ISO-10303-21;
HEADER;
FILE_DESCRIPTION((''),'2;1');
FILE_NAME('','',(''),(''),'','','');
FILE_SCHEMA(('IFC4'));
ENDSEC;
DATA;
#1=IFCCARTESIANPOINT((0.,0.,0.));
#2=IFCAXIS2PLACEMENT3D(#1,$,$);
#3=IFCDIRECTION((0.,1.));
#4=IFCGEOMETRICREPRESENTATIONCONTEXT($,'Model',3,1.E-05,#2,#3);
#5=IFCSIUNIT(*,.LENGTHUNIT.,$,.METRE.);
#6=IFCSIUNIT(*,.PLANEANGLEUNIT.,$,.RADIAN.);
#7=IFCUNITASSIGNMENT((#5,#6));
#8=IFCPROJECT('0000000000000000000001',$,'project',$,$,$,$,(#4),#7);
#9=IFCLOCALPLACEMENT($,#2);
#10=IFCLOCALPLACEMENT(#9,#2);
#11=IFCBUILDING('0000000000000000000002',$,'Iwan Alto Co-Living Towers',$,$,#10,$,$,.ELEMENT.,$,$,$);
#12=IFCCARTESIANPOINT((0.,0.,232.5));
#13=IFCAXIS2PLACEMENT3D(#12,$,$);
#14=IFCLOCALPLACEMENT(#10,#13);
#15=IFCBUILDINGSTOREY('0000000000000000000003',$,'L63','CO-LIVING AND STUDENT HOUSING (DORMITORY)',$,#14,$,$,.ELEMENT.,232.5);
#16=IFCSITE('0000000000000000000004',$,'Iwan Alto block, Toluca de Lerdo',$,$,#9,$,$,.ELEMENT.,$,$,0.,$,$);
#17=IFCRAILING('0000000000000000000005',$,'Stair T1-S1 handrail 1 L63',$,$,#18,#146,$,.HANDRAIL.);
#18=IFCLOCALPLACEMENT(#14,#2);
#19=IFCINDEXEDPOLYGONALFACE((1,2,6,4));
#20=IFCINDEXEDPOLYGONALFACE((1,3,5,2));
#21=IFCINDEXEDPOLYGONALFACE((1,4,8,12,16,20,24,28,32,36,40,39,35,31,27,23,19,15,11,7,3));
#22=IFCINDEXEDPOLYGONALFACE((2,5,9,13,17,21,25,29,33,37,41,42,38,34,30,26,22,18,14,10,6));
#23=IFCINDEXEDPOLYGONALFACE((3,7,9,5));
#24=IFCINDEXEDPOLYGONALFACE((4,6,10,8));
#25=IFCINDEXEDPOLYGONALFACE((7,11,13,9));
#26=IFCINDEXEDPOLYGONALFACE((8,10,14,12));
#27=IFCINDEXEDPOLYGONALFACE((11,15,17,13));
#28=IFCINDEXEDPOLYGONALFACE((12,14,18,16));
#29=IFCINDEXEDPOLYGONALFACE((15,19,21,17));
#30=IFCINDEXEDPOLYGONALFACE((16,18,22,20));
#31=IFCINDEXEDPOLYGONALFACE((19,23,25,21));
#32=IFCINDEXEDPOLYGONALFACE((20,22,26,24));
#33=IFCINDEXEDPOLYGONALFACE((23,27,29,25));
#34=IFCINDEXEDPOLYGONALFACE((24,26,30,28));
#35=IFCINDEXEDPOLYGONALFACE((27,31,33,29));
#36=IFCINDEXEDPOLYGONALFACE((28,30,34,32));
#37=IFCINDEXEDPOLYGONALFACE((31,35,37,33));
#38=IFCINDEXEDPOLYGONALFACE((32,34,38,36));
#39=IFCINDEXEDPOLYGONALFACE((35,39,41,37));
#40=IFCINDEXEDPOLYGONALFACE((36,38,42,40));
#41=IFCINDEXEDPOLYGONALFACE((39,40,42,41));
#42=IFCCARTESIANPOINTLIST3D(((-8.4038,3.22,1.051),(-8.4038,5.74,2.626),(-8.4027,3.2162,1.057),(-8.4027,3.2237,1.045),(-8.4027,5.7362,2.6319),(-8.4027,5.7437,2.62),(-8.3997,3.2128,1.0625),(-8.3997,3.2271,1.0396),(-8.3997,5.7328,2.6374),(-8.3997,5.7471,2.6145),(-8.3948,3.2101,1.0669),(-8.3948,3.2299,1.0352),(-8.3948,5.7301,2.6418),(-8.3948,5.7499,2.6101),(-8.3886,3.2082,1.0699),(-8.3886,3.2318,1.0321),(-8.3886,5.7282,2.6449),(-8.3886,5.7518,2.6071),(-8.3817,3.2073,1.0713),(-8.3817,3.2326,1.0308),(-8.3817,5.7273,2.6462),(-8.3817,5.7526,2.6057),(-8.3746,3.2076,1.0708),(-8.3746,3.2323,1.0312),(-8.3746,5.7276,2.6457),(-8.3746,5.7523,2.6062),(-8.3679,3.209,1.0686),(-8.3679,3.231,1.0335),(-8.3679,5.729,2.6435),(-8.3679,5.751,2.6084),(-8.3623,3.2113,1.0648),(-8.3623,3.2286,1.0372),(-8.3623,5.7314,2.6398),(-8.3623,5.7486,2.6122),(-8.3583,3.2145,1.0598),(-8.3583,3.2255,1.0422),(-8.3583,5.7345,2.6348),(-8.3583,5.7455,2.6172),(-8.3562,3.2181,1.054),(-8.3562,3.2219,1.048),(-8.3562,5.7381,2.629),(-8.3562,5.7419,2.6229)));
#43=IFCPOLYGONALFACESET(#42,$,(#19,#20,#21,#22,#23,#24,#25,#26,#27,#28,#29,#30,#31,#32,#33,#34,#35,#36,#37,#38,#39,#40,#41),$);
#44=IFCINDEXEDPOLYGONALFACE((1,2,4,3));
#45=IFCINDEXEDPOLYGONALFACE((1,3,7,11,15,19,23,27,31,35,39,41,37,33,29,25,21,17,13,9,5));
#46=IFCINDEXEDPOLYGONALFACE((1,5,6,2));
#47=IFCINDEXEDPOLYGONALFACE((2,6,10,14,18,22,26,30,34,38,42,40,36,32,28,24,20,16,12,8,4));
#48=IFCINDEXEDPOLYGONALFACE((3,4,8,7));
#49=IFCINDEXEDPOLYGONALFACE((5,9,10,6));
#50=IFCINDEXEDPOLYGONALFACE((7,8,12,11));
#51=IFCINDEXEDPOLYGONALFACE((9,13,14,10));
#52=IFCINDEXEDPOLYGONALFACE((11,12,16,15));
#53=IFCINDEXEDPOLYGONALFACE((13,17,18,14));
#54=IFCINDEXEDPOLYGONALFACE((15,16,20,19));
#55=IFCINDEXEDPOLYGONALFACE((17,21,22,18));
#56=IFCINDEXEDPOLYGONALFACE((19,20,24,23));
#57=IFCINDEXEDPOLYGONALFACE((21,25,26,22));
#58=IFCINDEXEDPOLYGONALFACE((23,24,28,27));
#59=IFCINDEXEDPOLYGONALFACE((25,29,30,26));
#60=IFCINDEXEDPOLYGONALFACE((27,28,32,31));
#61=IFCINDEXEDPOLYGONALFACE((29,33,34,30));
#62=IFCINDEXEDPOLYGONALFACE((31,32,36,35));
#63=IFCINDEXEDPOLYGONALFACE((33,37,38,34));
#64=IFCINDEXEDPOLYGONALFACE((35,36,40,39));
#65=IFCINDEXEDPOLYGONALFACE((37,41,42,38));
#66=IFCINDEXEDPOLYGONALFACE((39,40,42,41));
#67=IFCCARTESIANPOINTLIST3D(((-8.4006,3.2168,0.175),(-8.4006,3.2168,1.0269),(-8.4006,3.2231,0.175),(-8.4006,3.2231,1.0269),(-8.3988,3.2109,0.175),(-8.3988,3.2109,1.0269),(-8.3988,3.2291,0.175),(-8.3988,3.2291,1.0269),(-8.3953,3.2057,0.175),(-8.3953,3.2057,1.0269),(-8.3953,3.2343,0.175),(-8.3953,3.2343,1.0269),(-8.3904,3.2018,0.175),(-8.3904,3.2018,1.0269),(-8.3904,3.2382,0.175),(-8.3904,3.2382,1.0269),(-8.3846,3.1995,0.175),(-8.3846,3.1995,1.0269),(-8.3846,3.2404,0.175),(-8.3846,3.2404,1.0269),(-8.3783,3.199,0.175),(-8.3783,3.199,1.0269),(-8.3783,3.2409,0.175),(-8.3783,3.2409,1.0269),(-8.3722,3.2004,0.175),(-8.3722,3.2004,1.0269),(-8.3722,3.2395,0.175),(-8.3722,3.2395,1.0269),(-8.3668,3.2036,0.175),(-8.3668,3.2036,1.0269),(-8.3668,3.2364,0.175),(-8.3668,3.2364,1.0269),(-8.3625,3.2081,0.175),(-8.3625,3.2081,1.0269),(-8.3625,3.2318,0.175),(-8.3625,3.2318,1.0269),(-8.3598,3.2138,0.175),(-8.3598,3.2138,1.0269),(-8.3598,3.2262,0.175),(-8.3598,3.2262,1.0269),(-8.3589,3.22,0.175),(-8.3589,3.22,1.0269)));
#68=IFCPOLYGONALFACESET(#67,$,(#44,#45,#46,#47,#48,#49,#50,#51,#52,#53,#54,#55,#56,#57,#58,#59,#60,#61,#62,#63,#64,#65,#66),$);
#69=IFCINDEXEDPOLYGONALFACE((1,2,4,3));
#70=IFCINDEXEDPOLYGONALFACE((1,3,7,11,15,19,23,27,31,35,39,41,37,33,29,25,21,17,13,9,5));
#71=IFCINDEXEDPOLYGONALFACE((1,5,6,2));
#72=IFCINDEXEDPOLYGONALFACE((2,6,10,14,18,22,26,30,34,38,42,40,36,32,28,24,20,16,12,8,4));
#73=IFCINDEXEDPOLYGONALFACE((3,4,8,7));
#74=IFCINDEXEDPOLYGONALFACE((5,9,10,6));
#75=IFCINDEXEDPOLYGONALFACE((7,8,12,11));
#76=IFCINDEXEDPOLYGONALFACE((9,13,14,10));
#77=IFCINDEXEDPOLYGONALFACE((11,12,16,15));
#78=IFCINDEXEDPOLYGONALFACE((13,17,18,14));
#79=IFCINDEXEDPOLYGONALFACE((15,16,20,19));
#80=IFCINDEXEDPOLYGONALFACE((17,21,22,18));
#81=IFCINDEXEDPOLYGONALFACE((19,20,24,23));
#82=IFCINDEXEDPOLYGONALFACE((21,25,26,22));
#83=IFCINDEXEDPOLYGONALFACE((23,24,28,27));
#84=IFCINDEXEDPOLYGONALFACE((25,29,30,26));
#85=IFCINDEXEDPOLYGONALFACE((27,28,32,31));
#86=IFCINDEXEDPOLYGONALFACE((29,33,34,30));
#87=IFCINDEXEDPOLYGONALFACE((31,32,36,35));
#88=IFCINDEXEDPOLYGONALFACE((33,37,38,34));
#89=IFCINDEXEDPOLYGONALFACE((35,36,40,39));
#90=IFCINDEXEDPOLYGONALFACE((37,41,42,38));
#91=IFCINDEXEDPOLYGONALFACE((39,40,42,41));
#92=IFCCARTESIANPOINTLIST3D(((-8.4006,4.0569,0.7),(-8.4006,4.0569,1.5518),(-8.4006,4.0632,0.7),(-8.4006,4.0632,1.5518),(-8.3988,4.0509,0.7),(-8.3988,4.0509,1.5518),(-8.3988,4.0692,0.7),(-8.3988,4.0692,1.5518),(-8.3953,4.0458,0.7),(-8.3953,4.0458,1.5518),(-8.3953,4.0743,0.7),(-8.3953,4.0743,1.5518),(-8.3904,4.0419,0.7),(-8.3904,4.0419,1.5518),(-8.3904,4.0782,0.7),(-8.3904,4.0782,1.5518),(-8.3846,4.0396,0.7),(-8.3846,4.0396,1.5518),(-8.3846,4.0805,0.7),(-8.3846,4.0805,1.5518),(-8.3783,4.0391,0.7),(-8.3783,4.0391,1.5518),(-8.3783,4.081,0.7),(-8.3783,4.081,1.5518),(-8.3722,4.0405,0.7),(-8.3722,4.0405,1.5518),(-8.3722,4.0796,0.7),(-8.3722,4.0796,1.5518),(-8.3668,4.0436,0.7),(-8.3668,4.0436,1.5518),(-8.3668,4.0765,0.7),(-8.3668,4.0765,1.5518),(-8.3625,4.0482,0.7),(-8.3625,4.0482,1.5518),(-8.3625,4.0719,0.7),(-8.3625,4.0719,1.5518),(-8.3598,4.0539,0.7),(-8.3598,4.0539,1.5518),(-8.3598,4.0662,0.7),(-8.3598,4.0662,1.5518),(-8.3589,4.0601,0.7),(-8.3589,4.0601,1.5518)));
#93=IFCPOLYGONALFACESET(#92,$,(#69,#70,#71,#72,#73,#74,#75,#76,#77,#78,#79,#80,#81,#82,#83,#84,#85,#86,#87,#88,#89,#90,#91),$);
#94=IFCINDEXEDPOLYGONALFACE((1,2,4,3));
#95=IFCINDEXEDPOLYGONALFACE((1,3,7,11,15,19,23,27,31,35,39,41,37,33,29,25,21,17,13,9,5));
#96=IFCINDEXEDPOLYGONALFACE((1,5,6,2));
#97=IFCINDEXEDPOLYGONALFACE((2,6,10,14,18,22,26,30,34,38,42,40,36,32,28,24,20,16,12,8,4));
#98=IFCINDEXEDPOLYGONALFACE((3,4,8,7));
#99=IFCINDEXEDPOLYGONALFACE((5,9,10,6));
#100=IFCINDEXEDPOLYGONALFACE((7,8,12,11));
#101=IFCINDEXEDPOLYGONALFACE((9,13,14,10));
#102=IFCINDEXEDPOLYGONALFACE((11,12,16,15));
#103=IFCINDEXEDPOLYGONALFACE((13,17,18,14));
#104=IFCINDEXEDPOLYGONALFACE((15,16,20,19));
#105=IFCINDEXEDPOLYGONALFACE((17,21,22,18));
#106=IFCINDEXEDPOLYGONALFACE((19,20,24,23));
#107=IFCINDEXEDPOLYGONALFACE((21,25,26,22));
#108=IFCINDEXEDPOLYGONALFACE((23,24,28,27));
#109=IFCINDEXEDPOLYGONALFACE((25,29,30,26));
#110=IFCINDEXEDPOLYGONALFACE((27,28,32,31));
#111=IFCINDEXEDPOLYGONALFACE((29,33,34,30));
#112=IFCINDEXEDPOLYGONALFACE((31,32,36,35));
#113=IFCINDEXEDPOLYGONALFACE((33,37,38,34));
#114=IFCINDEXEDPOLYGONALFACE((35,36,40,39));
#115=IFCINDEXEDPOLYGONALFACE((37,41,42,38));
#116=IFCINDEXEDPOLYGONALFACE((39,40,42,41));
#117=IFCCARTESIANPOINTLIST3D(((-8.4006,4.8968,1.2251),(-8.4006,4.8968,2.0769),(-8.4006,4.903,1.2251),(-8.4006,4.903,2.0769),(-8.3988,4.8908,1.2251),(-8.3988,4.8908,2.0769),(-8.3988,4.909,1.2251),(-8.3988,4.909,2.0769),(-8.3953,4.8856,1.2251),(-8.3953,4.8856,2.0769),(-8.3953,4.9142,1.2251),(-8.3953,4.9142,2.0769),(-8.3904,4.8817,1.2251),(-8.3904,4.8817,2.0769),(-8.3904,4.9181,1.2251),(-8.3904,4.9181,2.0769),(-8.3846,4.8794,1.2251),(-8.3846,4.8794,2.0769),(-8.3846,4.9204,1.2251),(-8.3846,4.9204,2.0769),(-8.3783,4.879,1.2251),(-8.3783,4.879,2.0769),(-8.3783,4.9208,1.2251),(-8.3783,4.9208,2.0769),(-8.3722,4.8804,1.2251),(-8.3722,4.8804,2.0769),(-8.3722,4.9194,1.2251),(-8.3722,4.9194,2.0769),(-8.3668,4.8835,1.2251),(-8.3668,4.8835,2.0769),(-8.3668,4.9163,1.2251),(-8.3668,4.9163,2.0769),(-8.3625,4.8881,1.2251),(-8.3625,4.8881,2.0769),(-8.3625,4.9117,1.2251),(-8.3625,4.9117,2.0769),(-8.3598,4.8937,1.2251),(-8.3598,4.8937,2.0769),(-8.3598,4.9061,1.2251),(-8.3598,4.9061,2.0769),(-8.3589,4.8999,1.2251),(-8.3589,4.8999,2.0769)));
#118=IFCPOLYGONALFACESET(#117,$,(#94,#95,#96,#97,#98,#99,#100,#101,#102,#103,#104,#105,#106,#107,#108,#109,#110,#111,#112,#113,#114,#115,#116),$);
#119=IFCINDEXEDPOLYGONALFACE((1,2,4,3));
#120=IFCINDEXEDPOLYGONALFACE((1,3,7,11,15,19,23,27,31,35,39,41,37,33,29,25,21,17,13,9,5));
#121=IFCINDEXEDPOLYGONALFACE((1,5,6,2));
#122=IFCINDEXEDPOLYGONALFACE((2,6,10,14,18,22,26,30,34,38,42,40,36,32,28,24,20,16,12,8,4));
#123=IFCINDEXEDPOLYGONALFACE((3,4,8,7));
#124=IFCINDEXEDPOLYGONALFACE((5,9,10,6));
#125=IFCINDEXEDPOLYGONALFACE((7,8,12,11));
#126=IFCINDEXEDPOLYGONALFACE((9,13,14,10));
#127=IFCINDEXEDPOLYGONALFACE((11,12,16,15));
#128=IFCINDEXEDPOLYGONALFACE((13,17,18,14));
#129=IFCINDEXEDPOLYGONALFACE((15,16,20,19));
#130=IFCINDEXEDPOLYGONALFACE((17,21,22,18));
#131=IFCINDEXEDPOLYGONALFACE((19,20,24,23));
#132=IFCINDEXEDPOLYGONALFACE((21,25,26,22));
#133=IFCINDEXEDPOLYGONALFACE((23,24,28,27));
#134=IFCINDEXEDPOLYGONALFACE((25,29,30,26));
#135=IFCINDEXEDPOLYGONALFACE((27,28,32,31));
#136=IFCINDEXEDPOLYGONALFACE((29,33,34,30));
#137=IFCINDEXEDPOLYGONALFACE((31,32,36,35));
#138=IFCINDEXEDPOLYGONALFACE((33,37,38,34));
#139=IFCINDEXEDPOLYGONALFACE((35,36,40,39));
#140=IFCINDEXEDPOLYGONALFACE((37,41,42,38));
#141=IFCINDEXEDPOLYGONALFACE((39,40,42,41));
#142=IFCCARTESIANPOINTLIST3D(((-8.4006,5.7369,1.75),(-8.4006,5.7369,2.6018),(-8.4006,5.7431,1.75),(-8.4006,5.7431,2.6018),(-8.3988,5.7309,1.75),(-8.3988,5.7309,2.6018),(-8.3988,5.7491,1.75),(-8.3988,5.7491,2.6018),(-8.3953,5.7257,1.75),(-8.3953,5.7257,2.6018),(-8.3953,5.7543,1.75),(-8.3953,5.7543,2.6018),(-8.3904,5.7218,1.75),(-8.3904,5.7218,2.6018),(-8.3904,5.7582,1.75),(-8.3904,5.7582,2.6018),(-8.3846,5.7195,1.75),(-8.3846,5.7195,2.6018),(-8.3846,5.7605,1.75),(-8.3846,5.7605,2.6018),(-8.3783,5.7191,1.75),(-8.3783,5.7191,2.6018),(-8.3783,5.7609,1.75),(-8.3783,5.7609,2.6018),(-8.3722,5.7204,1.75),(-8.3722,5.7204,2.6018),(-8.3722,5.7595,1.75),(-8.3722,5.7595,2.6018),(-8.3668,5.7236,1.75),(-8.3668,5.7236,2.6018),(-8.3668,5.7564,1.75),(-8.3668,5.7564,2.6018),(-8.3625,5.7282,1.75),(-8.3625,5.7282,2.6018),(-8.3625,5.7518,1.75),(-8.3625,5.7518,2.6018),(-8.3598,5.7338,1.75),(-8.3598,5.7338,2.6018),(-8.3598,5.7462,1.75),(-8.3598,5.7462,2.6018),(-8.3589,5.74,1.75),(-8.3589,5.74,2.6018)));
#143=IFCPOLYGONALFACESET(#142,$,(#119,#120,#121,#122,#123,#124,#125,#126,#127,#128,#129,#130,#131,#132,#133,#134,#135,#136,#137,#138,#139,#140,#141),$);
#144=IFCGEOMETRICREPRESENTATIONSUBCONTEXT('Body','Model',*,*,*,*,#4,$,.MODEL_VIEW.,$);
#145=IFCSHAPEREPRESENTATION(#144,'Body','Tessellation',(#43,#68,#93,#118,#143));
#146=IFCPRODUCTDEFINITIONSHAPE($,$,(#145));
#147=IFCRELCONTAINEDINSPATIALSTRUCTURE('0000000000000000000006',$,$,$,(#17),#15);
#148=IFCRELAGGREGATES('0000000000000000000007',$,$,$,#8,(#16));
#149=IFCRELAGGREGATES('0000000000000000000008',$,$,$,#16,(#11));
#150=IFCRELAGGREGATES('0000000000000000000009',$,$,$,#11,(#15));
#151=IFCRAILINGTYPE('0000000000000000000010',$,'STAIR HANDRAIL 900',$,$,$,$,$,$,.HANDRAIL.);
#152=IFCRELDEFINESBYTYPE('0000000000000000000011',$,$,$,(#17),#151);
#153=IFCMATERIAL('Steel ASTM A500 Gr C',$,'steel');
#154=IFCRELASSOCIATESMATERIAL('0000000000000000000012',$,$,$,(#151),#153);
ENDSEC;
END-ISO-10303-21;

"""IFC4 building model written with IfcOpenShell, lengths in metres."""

from ifc_helpers import new_model, si_unit, direction, frame, origin, origin_2d, place, context, subcontext, project, spatial, circle, extrude, material, type_object, element, save


model = new_model("IFC4")

# Units and contexts
model_context = context("Model", 3, precision=1e-05, world=origin(), true_north=direction((0.0, 1.0)))
body_context = subcontext(model_context, "Body", "Model", "MODEL_VIEW")
ifc_project = project(units=[si_unit("LENGTHUNIT", "METRE"), si_unit("PLANEANGLEUNIT", "RADIAN")], contexts=[model_context])

# Site, building, storey
site_placement = place(None, origin())
site = spatial("IfcSite", under=ifc_project, at=site_placement, Name="Iwan Alto block, Toluca de Lerdo", CompositionType="ELEMENT", RefElevation=0.0)
building_placement = place(site_placement, origin())
building = spatial("IfcBuilding", under=site, at=building_placement, Name="Iwan Alto Co-Living Towers", CompositionType="ELEMENT")
storey_placement = place(building_placement, frame((0.0, 0.0, 232.5)))
storey = spatial("IfcBuildingStorey", under=building, at=storey_placement, Name="L63", Description="CO-LIVING AND STUDENT HOUSING (DORMITORY)", CompositionType="ELEMENT", Elevation=232.5)

# Railing
ifc_material_1 = material(Name="Steel ASTM A500 Gr C", Category="steel")
railing_type_1 = type_object("IfcRailingType", Name="STAIR HANDRAIL 900", PredefinedType="HANDRAIL", material=ifc_material_1)
railing_1_placement = place(storey_placement, frame((-8.3799, 3.22, 0.175)))
element("IfcRailing", 1, at=railing_1_placement, inside=storey, type_object=railing_type_1, Name="Stair T1-S1 handrail 1 L63", PredefinedType="HANDRAIL", context=body_context, shape_type="SweptSolid", body=[
    extrude(circle(Radius=0.0239, at=origin_2d()), frame((0.0, 0.0, 0.876), z_axis=(0.0, 0.848008, 0.529984), x_axis=(-1.0, 0.0, 0.0)), (0.0, 0.0, 1.0), 2.9717),
    extrude(circle(Radius=0.021, at=origin_2d()), origin(), (0.0, 0.0, 1.0), 0.8518),
    extrude(circle(Radius=0.021, at=origin_2d()), frame((0.0, 0.8401, 0.5249)), (0.0, 0.0, 1.0), 0.8518),
    extrude(circle(Radius=0.021, at=origin_2d()), frame((0.0, 1.6799, 1.05)), (0.0, 0.0, 1.0), 0.8518),
    extrude(circle(Radius=0.021, at=origin_2d()), frame((0.0, 2.52, 1.575)), (0.0, 0.0, 1.0), 0.8518),
])

save(model, "model.ifc")
